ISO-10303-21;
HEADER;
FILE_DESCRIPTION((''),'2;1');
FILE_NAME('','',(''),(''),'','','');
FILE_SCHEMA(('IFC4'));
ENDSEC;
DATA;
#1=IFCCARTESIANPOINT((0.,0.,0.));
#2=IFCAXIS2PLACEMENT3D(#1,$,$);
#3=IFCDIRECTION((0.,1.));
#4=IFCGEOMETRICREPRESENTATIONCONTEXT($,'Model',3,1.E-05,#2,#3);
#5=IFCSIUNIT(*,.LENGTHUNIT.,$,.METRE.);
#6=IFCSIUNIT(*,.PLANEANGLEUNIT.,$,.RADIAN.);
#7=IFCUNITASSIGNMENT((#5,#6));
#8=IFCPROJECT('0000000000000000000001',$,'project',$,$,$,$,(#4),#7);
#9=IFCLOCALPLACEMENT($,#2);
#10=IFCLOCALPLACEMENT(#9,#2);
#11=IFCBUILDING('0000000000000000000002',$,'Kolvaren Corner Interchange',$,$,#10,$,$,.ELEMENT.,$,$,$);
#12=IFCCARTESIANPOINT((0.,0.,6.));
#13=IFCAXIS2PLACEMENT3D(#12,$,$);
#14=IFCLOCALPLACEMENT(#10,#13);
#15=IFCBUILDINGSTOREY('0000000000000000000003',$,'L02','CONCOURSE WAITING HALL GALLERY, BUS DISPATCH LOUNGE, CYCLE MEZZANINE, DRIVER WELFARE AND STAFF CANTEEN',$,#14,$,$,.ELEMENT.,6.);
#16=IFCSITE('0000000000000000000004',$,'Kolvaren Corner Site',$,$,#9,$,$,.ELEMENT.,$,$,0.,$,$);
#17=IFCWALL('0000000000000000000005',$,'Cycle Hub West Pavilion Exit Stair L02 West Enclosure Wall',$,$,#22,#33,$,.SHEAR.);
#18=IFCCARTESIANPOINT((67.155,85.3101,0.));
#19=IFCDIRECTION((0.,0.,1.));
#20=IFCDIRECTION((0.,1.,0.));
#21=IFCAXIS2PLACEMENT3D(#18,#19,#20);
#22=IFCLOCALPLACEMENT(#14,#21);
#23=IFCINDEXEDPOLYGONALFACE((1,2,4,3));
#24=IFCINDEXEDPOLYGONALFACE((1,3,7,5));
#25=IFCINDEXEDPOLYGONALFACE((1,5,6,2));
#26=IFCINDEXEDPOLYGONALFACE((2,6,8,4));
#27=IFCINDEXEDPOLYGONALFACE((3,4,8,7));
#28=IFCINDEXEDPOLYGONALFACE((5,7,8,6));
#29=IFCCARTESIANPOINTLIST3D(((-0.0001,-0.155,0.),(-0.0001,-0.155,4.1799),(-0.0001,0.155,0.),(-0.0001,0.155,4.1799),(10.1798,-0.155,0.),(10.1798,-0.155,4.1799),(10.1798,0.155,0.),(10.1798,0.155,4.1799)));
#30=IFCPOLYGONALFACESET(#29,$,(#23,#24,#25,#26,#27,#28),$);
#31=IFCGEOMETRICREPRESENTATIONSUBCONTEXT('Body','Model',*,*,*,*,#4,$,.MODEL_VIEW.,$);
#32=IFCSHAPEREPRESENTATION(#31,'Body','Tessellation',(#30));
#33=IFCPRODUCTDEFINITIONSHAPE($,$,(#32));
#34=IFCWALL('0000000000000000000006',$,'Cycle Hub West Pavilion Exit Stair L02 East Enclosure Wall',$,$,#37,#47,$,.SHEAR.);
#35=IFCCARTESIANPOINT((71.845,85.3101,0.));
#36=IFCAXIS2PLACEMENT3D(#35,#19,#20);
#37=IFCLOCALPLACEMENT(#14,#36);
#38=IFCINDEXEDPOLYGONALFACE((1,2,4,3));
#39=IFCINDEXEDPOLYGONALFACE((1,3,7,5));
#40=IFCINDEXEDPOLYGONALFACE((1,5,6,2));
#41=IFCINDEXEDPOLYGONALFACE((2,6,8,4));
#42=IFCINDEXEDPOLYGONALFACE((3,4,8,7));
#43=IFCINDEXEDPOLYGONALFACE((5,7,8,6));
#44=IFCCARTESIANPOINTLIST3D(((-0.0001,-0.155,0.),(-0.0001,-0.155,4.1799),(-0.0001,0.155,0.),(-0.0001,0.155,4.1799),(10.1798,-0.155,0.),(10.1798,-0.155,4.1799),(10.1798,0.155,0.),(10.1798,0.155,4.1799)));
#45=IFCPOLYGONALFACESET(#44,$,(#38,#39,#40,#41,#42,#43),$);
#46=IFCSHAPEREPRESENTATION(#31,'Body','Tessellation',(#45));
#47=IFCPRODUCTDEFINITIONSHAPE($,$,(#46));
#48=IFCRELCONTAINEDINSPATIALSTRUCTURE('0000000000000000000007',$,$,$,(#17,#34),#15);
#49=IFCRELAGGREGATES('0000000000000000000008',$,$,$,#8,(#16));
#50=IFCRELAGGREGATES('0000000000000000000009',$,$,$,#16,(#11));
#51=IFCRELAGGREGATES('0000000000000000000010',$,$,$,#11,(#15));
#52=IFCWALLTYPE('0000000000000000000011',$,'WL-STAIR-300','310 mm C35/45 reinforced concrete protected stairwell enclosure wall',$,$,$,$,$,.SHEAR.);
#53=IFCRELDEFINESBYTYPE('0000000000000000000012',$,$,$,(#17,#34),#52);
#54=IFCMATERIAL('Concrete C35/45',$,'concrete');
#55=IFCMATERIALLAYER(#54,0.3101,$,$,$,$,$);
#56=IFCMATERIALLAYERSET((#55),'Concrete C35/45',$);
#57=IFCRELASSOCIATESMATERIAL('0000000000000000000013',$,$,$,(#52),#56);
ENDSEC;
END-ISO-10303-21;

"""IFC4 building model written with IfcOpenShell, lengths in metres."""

from ifc_helpers import new_model, si_unit, direction, frame, frame_2d, origin, place, context, subcontext, project, spatial, rectangle, extrude, material, layer, layer_set, type_object, element, save


model = new_model("IFC4")

# Units and contexts
model_context = context("Model", 3, precision=1e-05, world=origin(), true_north=direction((0.0, 1.0)))
body_context = subcontext(model_context, "Body", "Model", "MODEL_VIEW")
ifc_project = project(units=[si_unit("LENGTHUNIT", "METRE"), si_unit("PLANEANGLEUNIT", "RADIAN")], contexts=[model_context])

# Site, building, storey
site_placement = place(None, origin())
site = spatial("IfcSite", under=ifc_project, at=site_placement, Name="Kolvaren Corner Site", CompositionType="ELEMENT", RefElevation=0.0)
building_placement = place(site_placement, origin())
building = spatial("IfcBuilding", under=site, at=building_placement, Name="Kolvaren Corner Interchange", CompositionType="ELEMENT")
storey_placement = place(building_placement, frame((0.0, 0.0, 6.0)))
storey = spatial("IfcBuildingStorey", under=building, at=storey_placement, Name="L02", Description="CONCOURSE WAITING HALL GALLERY, BUS DISPATCH LOUNGE, CYCLE MEZZANINE, DRIVER WELFARE AND STAFF CANTEEN", CompositionType="ELEMENT", Elevation=6.0)

# Walls
ifc_material_1 = material(Name="Concrete C35/45", Category="concrete")
ifc_layer_1 = layer(ifc_material_1, 0.3101)
ifc_layer_set_1 = layer_set([ifc_layer_1], Name="Concrete C35/45")
wall_type_1 = type_object("IfcWallType", Name="WL-STAIR-300", Description="310 mm C35/45 reinforced concrete protected stairwell enclosure wall", PredefinedType="SHEAR", material=ifc_layer_set_1)
for number, where, z_axis, x_axis, name in (
    (1, (67.155, 85.3101, 0.0), (0.0, 0.0, 1.0), (0.0, 1.0, 0.0), "Cycle Hub West Pavilion Exit Stair L02 West Enclosure Wall"),
    (2, (71.845, 85.3101, 0.0), (0.0, 0.0, 1.0), (0.0, 1.0, 0.0), "Cycle Hub West Pavilion Exit Stair L02 East Enclosure Wall"),
):
    element("IfcWall", number, at=place(storey_placement, frame(where, z_axis=z_axis, x_axis=x_axis)), inside=storey, type_object=wall_type_1, Name=name, PredefinedType="SHEAR", context=body_context, shape_type="SweptSolid", body=[
        extrude(rectangle(XDim=10.1799, YDim=0.3101, at=frame_2d((5.0898, 0.0))), origin(), (0.0, 0.0, 1.0), 4.1799),
    ])

save(model, "model.ifc")
